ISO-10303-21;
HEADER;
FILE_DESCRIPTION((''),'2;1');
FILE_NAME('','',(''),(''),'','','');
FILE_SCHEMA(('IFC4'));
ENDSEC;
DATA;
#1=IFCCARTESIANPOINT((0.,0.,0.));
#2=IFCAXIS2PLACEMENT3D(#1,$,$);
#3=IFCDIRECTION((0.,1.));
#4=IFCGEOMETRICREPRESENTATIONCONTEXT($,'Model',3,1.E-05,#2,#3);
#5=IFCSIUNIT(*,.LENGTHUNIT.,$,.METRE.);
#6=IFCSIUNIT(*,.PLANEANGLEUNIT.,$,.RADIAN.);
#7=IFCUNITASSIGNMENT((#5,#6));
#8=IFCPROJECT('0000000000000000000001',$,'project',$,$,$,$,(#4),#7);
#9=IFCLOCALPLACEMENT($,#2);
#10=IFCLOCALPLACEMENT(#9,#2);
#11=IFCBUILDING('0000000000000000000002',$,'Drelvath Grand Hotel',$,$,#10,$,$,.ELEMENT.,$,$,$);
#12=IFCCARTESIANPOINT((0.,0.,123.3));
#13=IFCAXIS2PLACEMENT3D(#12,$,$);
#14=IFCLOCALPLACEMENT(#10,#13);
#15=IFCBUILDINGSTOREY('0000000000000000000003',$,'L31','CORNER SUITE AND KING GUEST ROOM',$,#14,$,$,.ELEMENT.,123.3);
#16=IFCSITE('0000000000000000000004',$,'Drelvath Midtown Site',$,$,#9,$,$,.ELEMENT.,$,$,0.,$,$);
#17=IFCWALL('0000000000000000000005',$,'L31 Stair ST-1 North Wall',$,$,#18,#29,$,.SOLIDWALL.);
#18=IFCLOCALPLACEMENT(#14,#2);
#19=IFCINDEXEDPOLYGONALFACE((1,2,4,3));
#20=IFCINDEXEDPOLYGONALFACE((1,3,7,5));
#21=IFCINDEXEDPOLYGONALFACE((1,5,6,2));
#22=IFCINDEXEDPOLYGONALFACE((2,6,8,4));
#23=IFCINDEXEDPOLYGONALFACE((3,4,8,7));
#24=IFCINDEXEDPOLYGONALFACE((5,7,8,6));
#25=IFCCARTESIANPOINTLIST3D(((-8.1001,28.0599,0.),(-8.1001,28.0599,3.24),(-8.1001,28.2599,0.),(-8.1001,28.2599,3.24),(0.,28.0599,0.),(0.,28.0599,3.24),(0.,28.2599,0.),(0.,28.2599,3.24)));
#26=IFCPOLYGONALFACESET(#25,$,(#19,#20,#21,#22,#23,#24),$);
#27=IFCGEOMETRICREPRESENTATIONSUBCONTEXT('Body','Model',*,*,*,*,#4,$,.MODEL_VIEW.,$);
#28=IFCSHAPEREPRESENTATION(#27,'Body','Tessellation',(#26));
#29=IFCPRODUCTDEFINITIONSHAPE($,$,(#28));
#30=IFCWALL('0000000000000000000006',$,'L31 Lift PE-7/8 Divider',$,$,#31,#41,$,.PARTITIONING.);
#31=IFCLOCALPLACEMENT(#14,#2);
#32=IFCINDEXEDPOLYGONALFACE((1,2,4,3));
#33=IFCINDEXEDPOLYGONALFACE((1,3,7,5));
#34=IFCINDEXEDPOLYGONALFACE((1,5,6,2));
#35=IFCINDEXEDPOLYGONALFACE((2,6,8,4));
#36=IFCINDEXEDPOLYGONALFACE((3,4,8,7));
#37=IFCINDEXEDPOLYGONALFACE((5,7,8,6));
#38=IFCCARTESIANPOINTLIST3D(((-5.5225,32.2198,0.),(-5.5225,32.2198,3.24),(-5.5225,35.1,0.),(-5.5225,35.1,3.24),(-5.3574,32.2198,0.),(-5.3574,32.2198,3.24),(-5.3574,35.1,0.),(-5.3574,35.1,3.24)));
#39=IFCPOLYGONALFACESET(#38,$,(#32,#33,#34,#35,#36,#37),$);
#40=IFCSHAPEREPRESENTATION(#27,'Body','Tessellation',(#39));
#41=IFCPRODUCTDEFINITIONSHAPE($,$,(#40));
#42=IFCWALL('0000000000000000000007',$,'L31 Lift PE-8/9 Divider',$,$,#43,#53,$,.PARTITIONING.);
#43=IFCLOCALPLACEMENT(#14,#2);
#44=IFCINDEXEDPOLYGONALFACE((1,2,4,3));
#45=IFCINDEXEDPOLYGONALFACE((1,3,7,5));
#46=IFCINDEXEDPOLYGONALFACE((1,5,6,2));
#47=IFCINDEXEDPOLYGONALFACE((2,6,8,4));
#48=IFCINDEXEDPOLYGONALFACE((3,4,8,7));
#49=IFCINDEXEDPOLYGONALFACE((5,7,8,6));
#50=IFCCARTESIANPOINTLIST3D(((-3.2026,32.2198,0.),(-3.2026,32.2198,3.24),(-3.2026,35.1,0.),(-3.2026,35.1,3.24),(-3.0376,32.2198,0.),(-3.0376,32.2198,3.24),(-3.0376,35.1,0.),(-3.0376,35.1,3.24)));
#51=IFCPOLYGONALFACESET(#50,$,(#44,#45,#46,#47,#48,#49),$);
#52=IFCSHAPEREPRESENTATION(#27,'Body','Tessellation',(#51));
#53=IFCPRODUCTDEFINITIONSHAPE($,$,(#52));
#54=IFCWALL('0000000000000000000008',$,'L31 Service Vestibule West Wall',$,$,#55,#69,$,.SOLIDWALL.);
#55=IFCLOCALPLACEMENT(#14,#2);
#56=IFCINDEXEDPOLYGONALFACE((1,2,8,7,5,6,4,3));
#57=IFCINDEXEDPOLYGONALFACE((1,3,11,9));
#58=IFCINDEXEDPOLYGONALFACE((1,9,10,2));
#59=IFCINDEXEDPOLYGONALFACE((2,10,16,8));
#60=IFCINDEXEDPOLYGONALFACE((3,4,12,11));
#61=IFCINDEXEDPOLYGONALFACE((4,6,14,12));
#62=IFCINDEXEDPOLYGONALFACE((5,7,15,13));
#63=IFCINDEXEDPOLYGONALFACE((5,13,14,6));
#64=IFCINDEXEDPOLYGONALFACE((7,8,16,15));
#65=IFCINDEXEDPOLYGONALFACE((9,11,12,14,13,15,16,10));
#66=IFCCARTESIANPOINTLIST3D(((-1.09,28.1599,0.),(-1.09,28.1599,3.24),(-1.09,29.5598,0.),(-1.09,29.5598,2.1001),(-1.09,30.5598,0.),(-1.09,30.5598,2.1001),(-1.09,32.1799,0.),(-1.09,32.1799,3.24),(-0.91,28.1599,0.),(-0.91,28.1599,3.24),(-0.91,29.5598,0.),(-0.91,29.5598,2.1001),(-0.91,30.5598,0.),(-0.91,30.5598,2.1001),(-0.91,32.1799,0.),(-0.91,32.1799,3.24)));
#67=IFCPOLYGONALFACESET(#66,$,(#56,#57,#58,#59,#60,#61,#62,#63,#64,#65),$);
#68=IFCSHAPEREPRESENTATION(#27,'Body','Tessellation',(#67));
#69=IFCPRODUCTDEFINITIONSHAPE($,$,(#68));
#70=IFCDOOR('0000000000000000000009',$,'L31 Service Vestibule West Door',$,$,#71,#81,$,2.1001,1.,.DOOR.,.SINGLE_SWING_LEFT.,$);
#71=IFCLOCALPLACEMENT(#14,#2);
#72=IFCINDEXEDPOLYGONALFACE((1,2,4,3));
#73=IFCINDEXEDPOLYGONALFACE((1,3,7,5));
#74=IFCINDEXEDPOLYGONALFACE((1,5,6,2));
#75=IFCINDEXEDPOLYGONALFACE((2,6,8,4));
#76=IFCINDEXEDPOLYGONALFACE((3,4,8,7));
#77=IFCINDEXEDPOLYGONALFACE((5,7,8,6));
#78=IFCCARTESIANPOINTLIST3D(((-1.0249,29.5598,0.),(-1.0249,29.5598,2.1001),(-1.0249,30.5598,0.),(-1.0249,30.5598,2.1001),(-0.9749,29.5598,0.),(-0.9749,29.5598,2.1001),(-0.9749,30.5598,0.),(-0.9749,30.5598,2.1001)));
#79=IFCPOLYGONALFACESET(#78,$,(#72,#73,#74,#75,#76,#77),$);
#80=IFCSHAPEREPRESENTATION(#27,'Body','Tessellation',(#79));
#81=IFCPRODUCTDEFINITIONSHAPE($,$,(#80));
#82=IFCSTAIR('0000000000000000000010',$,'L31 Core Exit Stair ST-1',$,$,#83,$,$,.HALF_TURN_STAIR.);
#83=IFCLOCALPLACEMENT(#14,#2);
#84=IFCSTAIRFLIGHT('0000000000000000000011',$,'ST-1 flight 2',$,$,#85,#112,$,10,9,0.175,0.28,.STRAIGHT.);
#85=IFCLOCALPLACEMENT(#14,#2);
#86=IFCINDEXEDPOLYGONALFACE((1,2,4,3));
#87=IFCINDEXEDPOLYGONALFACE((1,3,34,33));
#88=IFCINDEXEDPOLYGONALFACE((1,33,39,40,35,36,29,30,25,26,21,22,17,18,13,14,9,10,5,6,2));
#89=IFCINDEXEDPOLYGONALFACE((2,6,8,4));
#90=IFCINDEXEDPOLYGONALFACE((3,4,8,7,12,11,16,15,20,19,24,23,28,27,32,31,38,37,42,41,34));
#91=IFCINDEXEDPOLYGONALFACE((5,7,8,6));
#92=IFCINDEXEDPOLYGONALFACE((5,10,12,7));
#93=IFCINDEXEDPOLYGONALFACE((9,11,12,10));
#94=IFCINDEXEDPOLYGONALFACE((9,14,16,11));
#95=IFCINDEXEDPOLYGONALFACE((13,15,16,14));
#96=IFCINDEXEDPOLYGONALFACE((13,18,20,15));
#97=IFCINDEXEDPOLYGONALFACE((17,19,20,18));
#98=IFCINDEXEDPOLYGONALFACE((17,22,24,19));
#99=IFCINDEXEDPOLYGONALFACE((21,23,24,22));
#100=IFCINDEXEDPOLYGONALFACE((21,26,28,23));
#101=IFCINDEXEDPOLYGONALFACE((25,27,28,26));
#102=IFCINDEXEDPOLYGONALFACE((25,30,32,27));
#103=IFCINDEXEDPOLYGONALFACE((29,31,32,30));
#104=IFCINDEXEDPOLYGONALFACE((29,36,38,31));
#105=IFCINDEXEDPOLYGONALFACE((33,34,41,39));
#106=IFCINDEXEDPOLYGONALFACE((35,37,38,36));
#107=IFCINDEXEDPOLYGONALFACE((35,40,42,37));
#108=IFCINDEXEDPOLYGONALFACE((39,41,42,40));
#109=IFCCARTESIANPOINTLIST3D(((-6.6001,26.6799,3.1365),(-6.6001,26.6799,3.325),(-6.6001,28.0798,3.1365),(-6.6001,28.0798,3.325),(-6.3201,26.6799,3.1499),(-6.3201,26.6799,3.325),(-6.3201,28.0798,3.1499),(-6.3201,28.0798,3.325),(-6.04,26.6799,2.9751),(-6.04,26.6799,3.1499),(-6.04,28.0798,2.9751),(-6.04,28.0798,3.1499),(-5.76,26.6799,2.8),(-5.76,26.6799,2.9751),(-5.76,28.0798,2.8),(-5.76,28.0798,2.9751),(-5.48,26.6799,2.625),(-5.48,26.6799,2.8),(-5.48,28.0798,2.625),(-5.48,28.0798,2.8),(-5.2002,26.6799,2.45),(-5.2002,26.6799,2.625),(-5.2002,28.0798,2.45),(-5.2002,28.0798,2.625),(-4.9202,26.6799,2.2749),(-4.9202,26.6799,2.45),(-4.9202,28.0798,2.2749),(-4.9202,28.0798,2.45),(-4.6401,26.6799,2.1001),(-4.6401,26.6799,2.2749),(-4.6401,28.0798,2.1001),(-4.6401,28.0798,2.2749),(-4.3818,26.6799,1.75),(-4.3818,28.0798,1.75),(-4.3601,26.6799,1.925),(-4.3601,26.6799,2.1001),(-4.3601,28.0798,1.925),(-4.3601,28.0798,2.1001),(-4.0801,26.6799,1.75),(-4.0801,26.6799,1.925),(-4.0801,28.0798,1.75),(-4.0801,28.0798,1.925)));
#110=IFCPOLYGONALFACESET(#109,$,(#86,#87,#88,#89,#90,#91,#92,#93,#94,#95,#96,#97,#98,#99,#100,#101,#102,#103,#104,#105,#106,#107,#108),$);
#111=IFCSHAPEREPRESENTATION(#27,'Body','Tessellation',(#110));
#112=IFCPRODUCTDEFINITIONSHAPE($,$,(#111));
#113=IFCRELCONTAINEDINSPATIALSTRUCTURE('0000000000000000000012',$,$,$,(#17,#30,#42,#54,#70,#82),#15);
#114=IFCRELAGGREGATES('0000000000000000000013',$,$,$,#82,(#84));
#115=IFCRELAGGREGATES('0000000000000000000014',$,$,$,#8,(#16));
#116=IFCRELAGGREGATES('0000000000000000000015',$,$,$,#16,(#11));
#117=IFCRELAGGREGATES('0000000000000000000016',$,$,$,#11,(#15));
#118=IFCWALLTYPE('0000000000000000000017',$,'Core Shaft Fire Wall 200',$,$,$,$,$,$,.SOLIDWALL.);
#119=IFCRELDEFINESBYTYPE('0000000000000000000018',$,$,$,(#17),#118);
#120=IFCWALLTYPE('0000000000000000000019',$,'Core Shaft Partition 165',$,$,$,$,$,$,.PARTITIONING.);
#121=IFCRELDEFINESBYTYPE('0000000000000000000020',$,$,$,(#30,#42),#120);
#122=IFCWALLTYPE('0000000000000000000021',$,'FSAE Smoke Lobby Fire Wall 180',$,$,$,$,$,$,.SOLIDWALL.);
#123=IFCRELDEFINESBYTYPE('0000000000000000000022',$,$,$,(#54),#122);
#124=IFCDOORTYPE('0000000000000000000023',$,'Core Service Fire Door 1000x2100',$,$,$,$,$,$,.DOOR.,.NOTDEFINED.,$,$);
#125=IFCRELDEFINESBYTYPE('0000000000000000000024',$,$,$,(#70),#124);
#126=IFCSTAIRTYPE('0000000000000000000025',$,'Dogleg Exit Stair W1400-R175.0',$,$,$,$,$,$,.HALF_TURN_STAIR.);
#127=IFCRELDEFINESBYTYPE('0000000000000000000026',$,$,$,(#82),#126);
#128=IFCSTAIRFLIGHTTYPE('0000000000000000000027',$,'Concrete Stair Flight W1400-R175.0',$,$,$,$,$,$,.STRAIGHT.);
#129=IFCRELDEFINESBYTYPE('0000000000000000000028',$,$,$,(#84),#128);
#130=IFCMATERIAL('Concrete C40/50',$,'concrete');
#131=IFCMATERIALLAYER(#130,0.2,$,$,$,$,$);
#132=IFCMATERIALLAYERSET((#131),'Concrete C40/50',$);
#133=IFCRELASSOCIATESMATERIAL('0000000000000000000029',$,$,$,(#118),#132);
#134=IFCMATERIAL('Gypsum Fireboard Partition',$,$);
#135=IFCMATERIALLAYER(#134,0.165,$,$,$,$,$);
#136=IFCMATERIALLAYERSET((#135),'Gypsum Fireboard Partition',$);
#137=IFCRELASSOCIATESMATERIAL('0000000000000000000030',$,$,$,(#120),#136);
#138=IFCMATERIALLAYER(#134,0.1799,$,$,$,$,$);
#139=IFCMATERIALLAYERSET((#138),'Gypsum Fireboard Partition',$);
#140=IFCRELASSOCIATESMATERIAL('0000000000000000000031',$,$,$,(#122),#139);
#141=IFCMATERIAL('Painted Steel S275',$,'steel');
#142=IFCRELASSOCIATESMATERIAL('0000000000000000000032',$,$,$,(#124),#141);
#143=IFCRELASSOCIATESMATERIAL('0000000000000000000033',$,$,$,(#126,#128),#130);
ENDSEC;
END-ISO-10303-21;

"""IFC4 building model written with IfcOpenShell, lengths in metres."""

from ifc_helpers import new_model, si_unit, direction, frame, frame_2d, origin, place, context, subcontext, project, spatial, polyline, rectangle, outline, extrude, material, layer, layer_set, type_object, element, fill, aggregate, save


model = new_model("IFC4")

# Units and contexts
model_context = context("Model", 3, precision=1e-05, world=origin(), true_north=direction((0.0, 1.0)))
body_context = subcontext(model_context, "Body", "Model", "MODEL_VIEW")
ifc_project = project(units=[si_unit("LENGTHUNIT", "METRE"), si_unit("PLANEANGLEUNIT", "RADIAN")], contexts=[model_context])

# Site, building, storey
site_placement = place(None, origin())
site = spatial("IfcSite", under=ifc_project, at=site_placement, Name="Drelvath Midtown Site", CompositionType="ELEMENT", RefElevation=0.0)
building_placement = place(site_placement, origin())
building = spatial("IfcBuilding", under=site, at=building_placement, Name="Drelvath Grand Hotel", CompositionType="ELEMENT")
storey_placement = place(building_placement, frame((0.0, 0.0, 123.3)))
storey = spatial("IfcBuildingStorey", under=building, at=storey_placement, Name="L31", Description="CORNER SUITE AND KING GUEST ROOM", CompositionType="ELEMENT", Elevation=123.3)

# Shared definitions
ifc_material_1 = material(Name="Concrete C40/50", Category="concrete")

# Walls
ifc_layer_1 = layer(ifc_material_1, 0.2)
ifc_layer_set_1 = layer_set([ifc_layer_1], Name="Concrete C40/50")
wall_type_1 = type_object("IfcWallType", Name="Core Shaft Fire Wall 200", PredefinedType="SOLIDWALL", material=ifc_layer_set_1)
wall_1_placement = place(storey_placement, frame((-8.1001, 28.1599, 0.0), z_axis=(0.0, 0.0, 1.0), x_axis=(1.0, 0.0, 0.0)))
element("IfcWall", 1, at=wall_1_placement, inside=storey, type_object=wall_type_1, Name="L31 Stair ST-1 North Wall", PredefinedType="SOLIDWALL", context=body_context, shape_type="SweptSolid", body=[
    extrude(rectangle(XDim=8.1001, YDim=0.2, at=frame_2d((4.05, 0.0))), origin(), (0.0, 0.0, 1.0), 3.24),
])
ifc_material_2 = material(Name="Gypsum Fireboard Partition")
ifc_layer_2 = layer(ifc_material_2, 0.165)
ifc_layer_set_2 = layer_set([ifc_layer_2], Name="Gypsum Fireboard Partition")
wall_type_2 = type_object("IfcWallType", Name="Core Shaft Partition 165", PredefinedType="PARTITIONING", material=ifc_layer_set_2)
for number, where, z_axis, x_axis, name in (
    (2, (-5.4399, 32.22, 0.0), (0.0, 0.0, 1.0), (0.0, 1.0, 0.0), "L31 Lift PE-7/8 Divider"),
    (3, (-3.1201, 32.22, 0.0), (0.0, 0.0, 1.0), (0.0, 1.0, 0.0), "L31 Lift PE-8/9 Divider"),
):
    element("IfcWall", number, at=place(storey_placement, frame(where, z_axis=z_axis, x_axis=x_axis)), inside=storey, type_object=wall_type_2, Name=name, PredefinedType="PARTITIONING", context=body_context, shape_type="SweptSolid", body=[
        extrude(rectangle(XDim=2.8801, YDim=0.165, at=frame_2d((1.4399, 0.0))), origin(), (0.0, 0.0, 1.0), 3.24),
    ])

# Wall, opening, door
ifc_layer_3 = layer(ifc_material_2, 0.1799)
ifc_layer_set_3 = layer_set([ifc_layer_3], Name="Gypsum Fireboard Partition")
wall_type_3 = type_object("IfcWallType", Name="FSAE Smoke Lobby Fire Wall 180", PredefinedType="SOLIDWALL", material=ifc_layer_set_3)
wall_2_placement = place(storey_placement, frame((-1.0, 28.1599, 0.0), z_axis=(0.0, 0.0, 1.0), x_axis=(0.0, 1.0, 0.0)))
wall_2 = element("IfcWall", 4, at=wall_2_placement, inside=storey, type_object=wall_type_3, Name="L31 Service Vestibule West Wall", PredefinedType="SOLIDWALL", context=body_context, shape_type="SweptSolid", body=[
    extrude(rectangle(XDim=4.02, YDim=0.1799, at=frame_2d((2.01, 0.0))), origin(), (0.0, 0.0, 1.0), 3.24),
])
opening_1_placement = place(wall_2_placement, frame((1.3999, 0.0, 0.0)))
opening_1 = element("IfcOpeningElement", 5, at=opening_1_placement, cuts=wall_2, PredefinedType="OPENING", context=body_context, shape_type="SweptSolid", body=[
    extrude(rectangle(XDim=1.0, YDim=2.1001, at=frame_2d((0.5, 1.05))), frame((0.0, 0.0999, 0.0), z_axis=(0.0, -1.0, 0.0), x_axis=(1.0, 0.0, 0.0)), (0.0, 0.0, 1.0), 0.2),
])
ifc_material_3 = material(Name="Painted Steel S275", Category="steel")
door_type_1 = type_object("IfcDoorType", Name="Core Service Fire Door 1000x2100", OperationType="NOTDEFINED", PredefinedType="DOOR", material=ifc_material_3)
door_1_placement = place(opening_1_placement, origin())
door_1 = element("IfcDoor", 6, at=door_1_placement, inside=storey, type_object=door_type_1, Name="L31 Service Vestibule West Door", OperationType="SINGLE_SWING_LEFT", OverallHeight=2.1001, OverallWidth=1.0, PredefinedType="DOOR", context=body_context, shape_type="SweptSolid", body=[
    extrude(rectangle(XDim=1.0, YDim=2.1001, at=frame_2d((0.5, 1.05))), frame((0.0, 0.0249, 0.0), z_axis=(0.0, -1.0, 0.0), x_axis=(1.0, 0.0, 0.0)), (0.0, 0.0, 1.0), 0.05),
])
fill(opening_1, door_1)

# Stair, stair flight
stair_type = type_object("IfcStairType", Name="Dogleg Exit Stair W1400-R175.0", PredefinedType="HALF_TURN_STAIR", material=ifc_material_1)
stair_placement = place(storey_placement, origin())
stair = element("IfcStair", 7, at=stair_placement, inside=storey, type_object=stair_type, Name="L31 Core Exit Stair ST-1", PredefinedType="HALF_TURN_STAIR")
stair_flight_type = type_object("IfcStairFlightType", Name="Concrete Stair Flight W1400-R175.0", PredefinedType="STRAIGHT", material=ifc_material_1)
stair_flight_placement = place(storey_placement, frame((-4.0801, 27.3799, 1.75), z_axis=(0.0, 0.0, 1.0), x_axis=(-1.0, 0.0, 0.0)))
stair_flight = element("IfcStairFlight", 8, at=stair_flight_placement, type_object=stair_flight_type, Name="ST-1 flight 2", NumberOfRisers=10, NumberOfTreads=9, PredefinedType="STRAIGHT", RiserHeight=0.175, TreadLength=0.28, context=body_context, shape_type="SweptSolid", body=[
    extrude(outline(polyline([(0.0, 0.0), (0.0, 0.175), (0.28, 0.175), (0.28, 0.3501), (0.5601, 0.3501), (0.5601, 0.5249), (0.8401, 0.5249), (0.8401, 0.7), (1.1201, 0.7), (1.1201, 0.875), (1.3999, 0.875), (1.3999, 1.05), (1.6799, 1.05), (1.6799, 1.2251), (1.96, 1.2251), (1.96, 1.3999), (2.24, 1.3999), (2.24, 1.575), (2.52, 1.575), (2.52, 1.75), (2.52, 1.3865), (0.3018, 0.0), (0.0, 0.0)])), frame((0.0, 0.7, 0.0), z_axis=(0.0, -1.0, 0.0), x_axis=(1.0, 0.0, 0.0)), (0.0, 0.0, 1.0), 1.3999),
])
aggregate(stair, [stair_flight])

save(model, "model.ifc")
